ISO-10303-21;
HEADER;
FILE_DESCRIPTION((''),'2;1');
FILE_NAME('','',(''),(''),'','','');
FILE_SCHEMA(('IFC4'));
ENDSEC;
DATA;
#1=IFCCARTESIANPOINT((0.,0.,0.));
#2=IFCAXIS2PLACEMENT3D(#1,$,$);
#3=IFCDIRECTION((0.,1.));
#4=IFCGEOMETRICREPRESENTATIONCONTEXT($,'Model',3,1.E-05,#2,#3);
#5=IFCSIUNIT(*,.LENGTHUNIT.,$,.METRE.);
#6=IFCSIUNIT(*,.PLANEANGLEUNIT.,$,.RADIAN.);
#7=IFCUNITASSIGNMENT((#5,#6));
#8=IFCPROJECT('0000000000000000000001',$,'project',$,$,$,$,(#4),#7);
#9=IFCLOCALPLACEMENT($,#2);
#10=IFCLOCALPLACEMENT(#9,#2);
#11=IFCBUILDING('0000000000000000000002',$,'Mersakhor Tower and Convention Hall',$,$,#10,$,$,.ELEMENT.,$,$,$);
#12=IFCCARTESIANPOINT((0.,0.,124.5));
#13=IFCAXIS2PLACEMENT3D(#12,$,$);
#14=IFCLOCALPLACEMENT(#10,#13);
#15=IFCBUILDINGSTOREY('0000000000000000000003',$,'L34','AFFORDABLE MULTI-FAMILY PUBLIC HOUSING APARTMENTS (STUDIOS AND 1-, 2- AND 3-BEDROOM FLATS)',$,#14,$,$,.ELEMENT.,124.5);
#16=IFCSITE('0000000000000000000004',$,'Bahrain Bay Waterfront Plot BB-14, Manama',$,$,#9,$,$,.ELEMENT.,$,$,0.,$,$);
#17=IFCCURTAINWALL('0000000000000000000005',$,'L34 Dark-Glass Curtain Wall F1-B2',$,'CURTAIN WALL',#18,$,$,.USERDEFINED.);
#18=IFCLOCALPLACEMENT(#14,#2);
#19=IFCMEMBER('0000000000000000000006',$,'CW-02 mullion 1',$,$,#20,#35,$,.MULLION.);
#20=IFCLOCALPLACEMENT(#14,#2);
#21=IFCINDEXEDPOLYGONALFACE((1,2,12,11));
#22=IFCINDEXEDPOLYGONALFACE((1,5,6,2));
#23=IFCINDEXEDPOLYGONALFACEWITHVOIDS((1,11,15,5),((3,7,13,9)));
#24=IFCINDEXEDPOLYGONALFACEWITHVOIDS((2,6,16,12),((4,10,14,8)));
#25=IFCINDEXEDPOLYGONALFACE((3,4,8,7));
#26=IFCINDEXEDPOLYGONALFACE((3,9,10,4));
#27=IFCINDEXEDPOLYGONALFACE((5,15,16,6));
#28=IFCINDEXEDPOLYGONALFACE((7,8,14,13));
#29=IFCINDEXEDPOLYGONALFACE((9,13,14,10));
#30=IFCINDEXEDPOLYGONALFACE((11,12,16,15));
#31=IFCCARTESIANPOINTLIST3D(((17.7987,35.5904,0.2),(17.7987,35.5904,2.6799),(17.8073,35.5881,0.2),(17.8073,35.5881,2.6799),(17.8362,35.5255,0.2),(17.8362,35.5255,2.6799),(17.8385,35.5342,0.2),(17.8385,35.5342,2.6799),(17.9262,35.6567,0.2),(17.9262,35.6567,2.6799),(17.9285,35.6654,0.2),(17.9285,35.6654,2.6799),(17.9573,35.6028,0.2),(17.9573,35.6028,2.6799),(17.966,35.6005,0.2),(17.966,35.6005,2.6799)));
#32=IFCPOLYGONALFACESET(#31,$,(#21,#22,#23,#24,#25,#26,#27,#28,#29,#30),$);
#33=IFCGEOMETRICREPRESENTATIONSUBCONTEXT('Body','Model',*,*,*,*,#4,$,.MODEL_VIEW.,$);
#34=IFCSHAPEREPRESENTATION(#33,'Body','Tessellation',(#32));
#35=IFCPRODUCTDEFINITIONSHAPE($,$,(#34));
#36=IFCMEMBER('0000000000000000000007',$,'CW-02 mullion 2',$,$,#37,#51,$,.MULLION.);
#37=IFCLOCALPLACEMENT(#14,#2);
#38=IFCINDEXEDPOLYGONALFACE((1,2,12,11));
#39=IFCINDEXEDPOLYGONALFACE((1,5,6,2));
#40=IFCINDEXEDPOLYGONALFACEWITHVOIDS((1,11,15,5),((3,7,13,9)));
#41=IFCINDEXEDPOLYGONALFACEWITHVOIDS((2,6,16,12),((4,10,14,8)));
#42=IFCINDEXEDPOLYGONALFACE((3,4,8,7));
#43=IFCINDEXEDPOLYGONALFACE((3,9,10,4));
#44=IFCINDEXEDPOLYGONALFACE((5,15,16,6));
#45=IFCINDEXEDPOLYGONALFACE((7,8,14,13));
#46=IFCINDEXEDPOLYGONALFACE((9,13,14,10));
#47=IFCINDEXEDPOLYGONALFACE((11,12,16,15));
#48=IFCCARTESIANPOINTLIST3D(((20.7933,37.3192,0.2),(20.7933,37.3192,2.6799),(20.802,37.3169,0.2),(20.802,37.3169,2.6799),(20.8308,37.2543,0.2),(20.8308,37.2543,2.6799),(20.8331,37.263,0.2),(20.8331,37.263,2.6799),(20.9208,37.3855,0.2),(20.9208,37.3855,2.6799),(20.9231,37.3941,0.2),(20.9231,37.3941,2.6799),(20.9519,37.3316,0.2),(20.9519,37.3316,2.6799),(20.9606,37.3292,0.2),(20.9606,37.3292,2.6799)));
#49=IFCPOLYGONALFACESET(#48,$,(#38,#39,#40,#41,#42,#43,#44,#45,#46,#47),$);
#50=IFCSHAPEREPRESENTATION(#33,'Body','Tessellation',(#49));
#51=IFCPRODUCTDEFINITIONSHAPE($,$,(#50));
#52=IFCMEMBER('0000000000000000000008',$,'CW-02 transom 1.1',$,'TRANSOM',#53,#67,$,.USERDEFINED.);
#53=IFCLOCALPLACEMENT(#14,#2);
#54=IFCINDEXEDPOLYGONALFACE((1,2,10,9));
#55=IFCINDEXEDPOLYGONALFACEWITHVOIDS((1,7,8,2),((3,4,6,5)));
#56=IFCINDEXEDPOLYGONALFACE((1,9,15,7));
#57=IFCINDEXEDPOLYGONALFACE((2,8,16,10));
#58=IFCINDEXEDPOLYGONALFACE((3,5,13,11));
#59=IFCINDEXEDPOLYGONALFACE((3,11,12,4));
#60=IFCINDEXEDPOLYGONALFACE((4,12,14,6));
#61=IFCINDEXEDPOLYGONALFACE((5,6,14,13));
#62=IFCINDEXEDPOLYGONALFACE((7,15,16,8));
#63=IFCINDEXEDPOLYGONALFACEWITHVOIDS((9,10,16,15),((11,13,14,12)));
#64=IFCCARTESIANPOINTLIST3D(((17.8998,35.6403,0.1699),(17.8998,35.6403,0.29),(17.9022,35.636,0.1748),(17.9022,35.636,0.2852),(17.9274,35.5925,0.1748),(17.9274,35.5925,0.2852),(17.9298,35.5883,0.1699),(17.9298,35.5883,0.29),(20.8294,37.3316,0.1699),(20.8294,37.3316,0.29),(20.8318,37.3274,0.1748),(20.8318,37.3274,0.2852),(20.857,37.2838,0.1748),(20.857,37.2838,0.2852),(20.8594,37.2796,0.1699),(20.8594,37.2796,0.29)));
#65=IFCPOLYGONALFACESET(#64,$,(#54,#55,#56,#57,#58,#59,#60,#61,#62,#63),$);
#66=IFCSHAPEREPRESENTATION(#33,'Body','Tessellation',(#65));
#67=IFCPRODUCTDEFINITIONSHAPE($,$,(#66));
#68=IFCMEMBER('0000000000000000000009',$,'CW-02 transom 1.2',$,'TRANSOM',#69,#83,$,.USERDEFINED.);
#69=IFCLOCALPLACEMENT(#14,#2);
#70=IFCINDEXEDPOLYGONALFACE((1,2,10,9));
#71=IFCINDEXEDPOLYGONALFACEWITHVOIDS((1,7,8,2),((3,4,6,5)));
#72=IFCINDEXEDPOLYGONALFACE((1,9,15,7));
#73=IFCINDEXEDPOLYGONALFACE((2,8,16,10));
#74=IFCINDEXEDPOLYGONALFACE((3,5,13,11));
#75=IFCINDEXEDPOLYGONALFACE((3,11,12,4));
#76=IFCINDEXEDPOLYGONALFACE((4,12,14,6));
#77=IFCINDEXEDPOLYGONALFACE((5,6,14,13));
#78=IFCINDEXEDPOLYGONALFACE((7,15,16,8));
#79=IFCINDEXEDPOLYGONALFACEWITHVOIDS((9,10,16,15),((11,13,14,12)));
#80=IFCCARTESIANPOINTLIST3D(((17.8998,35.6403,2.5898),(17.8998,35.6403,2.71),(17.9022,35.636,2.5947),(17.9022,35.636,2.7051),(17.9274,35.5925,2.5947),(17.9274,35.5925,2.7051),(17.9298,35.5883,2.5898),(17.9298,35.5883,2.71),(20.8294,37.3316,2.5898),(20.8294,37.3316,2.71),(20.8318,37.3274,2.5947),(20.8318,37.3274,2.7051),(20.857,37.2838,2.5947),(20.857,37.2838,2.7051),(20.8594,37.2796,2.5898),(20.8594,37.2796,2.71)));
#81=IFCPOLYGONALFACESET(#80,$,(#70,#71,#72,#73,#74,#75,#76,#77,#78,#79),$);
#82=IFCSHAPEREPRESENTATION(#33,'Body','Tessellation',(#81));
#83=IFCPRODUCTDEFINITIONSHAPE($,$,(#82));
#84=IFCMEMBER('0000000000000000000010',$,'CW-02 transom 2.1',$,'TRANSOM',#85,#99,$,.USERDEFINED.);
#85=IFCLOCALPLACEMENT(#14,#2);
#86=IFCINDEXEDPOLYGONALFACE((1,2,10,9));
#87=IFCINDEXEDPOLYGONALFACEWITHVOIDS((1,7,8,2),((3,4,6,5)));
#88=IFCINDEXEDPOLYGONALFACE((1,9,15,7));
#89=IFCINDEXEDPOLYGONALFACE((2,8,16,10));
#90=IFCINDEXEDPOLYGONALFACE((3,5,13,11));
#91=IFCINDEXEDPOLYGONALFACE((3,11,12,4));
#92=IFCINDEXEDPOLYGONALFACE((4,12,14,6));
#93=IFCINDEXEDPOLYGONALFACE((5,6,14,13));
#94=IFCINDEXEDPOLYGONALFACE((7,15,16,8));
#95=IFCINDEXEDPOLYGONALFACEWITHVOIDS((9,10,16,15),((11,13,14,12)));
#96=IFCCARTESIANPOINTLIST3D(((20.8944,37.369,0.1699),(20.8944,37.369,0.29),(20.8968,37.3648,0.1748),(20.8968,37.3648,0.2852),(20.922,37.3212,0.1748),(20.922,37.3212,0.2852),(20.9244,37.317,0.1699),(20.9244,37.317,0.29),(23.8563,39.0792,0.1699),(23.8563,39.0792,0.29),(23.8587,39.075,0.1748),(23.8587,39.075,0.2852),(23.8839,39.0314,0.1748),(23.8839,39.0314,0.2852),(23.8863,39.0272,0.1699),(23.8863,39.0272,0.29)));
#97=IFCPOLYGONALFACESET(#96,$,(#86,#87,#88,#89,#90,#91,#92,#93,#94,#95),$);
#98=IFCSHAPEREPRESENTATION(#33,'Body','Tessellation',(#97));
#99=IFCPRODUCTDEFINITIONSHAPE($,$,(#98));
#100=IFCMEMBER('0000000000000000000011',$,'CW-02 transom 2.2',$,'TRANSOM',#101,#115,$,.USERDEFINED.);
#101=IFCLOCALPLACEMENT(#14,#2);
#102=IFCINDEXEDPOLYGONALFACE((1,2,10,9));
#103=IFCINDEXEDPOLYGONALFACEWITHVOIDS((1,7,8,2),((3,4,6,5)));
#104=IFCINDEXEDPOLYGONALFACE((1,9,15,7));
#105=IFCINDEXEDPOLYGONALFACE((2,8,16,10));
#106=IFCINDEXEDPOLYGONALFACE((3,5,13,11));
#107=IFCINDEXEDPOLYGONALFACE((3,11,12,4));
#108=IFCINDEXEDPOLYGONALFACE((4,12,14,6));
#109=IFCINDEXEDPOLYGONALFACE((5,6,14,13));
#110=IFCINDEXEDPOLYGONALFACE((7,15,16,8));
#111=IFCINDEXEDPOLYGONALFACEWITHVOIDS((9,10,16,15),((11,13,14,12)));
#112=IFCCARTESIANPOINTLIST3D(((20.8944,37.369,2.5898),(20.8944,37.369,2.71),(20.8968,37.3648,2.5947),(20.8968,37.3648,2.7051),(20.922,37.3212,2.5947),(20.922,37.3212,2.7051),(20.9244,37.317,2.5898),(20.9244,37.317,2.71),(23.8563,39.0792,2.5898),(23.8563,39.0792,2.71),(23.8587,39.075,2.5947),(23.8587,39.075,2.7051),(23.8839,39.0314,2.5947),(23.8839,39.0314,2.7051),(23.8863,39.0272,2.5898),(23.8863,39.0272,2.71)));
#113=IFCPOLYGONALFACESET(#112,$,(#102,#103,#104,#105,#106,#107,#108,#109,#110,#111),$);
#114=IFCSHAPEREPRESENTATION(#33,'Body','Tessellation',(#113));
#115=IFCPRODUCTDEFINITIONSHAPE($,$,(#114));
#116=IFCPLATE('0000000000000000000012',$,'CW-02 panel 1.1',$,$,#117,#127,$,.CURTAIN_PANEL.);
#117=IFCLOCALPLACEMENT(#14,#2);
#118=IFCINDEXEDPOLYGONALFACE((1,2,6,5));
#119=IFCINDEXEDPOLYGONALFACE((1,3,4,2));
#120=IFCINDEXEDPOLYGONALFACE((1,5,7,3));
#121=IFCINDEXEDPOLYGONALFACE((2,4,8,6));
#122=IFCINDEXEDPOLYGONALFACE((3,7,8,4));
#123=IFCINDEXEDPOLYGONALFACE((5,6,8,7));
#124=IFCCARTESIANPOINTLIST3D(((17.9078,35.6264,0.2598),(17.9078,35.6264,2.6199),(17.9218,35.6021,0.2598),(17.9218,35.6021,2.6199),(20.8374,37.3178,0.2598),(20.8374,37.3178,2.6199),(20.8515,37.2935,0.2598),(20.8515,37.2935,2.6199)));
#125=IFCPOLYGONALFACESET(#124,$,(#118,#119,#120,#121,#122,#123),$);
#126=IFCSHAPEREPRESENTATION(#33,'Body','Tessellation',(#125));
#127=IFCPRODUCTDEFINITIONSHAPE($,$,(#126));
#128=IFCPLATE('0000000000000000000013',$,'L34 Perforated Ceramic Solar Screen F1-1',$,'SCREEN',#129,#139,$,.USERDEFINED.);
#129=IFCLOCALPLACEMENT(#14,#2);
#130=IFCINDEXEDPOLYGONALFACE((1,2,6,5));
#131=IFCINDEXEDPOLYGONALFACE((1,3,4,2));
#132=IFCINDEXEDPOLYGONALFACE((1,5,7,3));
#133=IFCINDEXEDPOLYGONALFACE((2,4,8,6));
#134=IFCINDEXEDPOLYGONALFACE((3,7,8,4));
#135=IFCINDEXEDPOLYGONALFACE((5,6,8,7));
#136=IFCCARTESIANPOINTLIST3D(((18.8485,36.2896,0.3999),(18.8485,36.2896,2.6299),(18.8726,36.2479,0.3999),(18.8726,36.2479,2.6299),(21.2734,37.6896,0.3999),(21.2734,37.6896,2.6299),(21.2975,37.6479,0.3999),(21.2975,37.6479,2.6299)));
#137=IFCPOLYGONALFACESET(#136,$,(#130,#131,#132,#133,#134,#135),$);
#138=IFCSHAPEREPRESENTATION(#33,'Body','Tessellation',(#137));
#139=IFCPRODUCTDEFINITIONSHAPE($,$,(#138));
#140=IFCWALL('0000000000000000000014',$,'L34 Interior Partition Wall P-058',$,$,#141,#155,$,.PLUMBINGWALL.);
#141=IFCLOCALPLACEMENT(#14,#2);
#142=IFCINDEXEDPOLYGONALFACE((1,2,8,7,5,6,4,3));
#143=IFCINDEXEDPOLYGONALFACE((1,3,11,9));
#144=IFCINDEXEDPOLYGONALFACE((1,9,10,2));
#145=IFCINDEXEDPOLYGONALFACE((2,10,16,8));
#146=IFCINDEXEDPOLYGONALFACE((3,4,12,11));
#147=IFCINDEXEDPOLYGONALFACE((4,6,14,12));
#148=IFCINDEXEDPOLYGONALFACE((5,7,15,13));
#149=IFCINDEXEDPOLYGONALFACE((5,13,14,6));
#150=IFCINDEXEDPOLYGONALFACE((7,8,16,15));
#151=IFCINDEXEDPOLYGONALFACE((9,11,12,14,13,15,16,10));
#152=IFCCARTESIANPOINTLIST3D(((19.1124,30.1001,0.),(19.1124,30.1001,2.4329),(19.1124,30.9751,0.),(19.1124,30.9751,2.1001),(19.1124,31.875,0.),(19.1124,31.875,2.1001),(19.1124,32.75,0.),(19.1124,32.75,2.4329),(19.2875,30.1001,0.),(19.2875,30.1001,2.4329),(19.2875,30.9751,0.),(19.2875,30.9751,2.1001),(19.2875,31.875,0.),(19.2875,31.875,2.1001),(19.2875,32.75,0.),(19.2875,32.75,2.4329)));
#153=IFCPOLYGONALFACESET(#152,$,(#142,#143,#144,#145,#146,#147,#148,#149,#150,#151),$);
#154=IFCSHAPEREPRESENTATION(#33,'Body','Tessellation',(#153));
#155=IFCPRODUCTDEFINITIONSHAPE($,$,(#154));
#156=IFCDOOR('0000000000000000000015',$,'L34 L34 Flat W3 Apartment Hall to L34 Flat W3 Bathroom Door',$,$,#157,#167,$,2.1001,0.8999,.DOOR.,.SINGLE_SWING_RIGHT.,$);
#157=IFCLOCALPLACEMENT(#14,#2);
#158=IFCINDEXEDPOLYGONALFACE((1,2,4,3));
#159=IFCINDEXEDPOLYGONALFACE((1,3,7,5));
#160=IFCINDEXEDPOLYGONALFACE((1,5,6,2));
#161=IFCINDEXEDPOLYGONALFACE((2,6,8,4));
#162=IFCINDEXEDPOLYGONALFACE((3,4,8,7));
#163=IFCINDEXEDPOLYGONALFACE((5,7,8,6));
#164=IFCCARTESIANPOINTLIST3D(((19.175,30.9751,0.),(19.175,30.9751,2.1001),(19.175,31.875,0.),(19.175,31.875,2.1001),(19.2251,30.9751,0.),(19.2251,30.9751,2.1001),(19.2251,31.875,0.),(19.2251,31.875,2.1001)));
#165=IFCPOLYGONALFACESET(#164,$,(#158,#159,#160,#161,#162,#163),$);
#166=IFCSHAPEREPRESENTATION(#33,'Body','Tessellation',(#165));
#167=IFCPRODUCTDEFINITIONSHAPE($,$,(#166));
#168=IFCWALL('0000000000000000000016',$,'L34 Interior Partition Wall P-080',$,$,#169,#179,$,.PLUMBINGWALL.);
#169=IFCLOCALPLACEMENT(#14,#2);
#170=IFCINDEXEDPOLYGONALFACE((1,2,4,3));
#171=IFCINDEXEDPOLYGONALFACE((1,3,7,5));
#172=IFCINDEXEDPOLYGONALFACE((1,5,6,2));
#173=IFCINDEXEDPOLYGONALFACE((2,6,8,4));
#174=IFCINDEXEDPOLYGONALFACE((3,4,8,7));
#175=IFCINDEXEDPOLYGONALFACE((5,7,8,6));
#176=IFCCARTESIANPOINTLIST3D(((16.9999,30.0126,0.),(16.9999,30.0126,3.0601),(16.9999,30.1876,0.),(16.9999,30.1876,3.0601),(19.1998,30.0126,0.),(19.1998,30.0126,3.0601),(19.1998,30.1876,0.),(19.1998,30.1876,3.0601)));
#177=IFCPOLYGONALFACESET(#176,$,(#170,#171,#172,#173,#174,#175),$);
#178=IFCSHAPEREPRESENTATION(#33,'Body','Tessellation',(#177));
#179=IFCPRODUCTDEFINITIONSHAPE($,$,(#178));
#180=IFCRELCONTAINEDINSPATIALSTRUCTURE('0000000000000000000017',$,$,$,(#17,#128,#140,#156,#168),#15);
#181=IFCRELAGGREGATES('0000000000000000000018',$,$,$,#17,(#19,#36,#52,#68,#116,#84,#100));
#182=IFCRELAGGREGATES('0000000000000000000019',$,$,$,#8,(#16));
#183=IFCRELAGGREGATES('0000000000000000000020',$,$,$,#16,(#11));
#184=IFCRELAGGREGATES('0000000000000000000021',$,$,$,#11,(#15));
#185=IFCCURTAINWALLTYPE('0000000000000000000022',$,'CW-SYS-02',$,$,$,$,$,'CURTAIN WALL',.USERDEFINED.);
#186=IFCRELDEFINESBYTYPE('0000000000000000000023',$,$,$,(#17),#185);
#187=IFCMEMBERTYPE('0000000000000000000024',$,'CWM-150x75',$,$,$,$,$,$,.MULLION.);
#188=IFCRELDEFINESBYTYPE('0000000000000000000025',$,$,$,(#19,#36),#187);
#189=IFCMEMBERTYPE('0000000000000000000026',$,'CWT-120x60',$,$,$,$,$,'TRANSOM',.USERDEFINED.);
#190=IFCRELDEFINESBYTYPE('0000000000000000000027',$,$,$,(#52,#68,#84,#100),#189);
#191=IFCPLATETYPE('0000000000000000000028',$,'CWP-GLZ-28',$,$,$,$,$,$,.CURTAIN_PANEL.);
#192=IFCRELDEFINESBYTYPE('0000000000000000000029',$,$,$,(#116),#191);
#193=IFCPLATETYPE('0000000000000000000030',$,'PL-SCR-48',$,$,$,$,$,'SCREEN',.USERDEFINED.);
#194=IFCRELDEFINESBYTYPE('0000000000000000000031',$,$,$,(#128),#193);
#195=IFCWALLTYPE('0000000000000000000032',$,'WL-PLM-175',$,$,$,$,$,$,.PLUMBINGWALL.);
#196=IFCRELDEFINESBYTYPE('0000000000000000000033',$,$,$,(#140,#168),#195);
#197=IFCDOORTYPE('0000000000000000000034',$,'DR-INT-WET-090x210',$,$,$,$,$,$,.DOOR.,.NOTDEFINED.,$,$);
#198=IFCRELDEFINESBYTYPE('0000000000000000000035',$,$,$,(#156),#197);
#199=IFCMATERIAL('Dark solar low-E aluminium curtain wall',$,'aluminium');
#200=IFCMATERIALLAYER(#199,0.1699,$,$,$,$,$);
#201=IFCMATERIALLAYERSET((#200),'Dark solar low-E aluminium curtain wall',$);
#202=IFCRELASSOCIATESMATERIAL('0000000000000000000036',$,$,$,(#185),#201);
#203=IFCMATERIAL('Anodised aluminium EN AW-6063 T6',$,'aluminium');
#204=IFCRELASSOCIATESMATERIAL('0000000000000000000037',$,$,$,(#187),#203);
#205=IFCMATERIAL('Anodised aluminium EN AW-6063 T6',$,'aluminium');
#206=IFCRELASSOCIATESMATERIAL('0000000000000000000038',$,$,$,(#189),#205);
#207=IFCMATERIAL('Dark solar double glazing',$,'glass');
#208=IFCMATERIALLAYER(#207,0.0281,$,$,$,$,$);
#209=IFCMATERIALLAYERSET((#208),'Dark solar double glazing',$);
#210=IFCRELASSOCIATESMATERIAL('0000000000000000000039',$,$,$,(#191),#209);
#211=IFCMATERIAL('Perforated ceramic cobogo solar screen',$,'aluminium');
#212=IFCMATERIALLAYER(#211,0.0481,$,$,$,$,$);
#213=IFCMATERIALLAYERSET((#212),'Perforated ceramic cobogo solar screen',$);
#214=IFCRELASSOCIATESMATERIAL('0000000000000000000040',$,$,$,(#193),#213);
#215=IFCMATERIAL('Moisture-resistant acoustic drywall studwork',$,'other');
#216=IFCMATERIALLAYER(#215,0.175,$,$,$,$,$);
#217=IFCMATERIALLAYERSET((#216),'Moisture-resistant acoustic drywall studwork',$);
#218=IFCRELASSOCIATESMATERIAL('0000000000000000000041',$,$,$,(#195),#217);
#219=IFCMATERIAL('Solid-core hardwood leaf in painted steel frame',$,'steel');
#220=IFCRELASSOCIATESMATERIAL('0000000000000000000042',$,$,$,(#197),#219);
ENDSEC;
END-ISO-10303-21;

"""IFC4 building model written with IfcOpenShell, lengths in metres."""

from ifc_helpers import new_model, si_unit, direction, frame, frame_2d, origin, origin_2d, place, context, subcontext, project, spatial, rectangle, hollow_rectangle, extrude, material, layer, layer_set, material_profile, profile_set, type_object, element, fill, aggregate, save


model = new_model("IFC4")

# Units and contexts
model_context = context("Model", 3, precision=1e-05, world=origin(), true_north=direction((0.0, 1.0)))
body_context = subcontext(model_context, "Body", "Model", "MODEL_VIEW")
ifc_project = project(units=[si_unit("LENGTHUNIT", "METRE"), si_unit("PLANEANGLEUNIT", "RADIAN")], contexts=[model_context])

# Site, building, storey
site_placement = place(None, origin())
site = spatial("IfcSite", under=ifc_project, at=site_placement, Name="Bahrain Bay Waterfront Plot BB-14, Manama", CompositionType="ELEMENT", RefElevation=0.0)
building_placement = place(site_placement, origin())
building = spatial("IfcBuilding", under=site, at=building_placement, Name="Mersakhor Tower and Convention Hall", CompositionType="ELEMENT")
storey_placement = place(building_placement, frame((0.0, 0.0, 124.5)))
storey = spatial("IfcBuildingStorey", under=building, at=storey_placement, Name="L34", Description="AFFORDABLE MULTI-FAMILY PUBLIC HOUSING APARTMENTS (STUDIOS AND 1-, 2- AND 3-BEDROOM FLATS)", CompositionType="ELEMENT", Elevation=124.5)

# Curtain wall, members, plate
ifc_material_1 = material(Name="Dark solar low-E aluminium curtain wall", Category="aluminium")
ifc_layer_1 = layer(ifc_material_1, 0.1699)
ifc_layer_set_1 = layer_set([ifc_layer_1], Name="Dark solar low-E aluminium curtain wall")
curtain_wall_type = type_object("IfcCurtainWallType", Name="CW-SYS-02", ElementType="CURTAIN WALL", PredefinedType="USERDEFINED", material=ifc_layer_set_1)
curtain_wall_placement = place(storey_placement, origin())
curtain_wall = element("IfcCurtainWall", 1, at=curtain_wall_placement, inside=storey, type_object=curtain_wall_type, Name="L34 Dark-Glass Curtain Wall F1-B2", ObjectType="CURTAIN WALL", PredefinedType="USERDEFINED")
ifc_material_2 = material(Name="Anodised aluminium EN AW-6063 T6", Category="aluminium")
ifc_material_profile_1 = material_profile(ifc_material_2, hollow_rectangle(XDim=0.075, YDim=0.1499, WallThickness=0.0063, at=origin_2d()), Name="RHS 150x75x6.3")
ifc_profile_set_1 = profile_set([ifc_material_profile_1], Name="Anodised aluminium EN AW-6063 T6")
member_type_1 = type_object("IfcMemberType", Name="CWM-150x75", PredefinedType="MULLION", material=ifc_profile_set_1)
member_1_placement = place(storey_placement, frame((17.8823, 35.5955, 0.2), z_axis=(0.0, 0.0, 1.0), x_axis=(-0.49999, 0.866031, 0.0)))
member_1 = element("IfcMember", 2, at=member_1_placement, type_object=member_type_1, Name="CW-02 mullion 1", PredefinedType="MULLION", context=body_context, shape_type="SweptSolid", body=[
    extrude(hollow_rectangle(XDim=0.075, YDim=0.1499, WallThickness=0.0063, at=origin_2d()), origin(), (0.0, 0.0, 1.0), 2.48),
])
member_2_placement = place(storey_placement, frame((20.877, 37.3242, 0.2), z_axis=(0.0, 0.0, 1.0), x_axis=(-0.49999, 0.866031, 0.0)))
member_2 = element("IfcMember", 3, at=member_2_placement, type_object=member_type_1, Name="CW-02 mullion 2", PredefinedType="MULLION", context=body_context, shape_type="SweptSolid", body=[
    extrude(hollow_rectangle(XDim=0.075, YDim=0.1499, WallThickness=0.0063, at=origin_2d()), origin(), (0.0, 0.0, 1.0), 2.48),
])
ifc_material_3 = material(Name="Anodised aluminium EN AW-6063 T6", Category="aluminium")
ifc_material_profile_2 = material_profile(ifc_material_3, hollow_rectangle(XDim=0.0601, YDim=0.1201, WallThickness=0.0049, at=origin_2d()), Name="RHS 120x60x5")
ifc_profile_set_2 = profile_set([ifc_material_profile_2], Name="Anodised aluminium EN AW-6063 T6")
member_type_2 = type_object("IfcMemberType", Name="CWT-120x60", ElementType="TRANSOM", PredefinedType="USERDEFINED", material=ifc_profile_set_2)
member_3_placement = place(storey_placement, frame((17.9148, 35.6143, 0.23), z_axis=(0.866032, 0.499989, 0.0), x_axis=(-0.499989, 0.866032, 0.0)))
member_3 = element("IfcMember", 4, at=member_3_placement, type_object=member_type_2, Name="CW-02 transom 1.1", ObjectType="TRANSOM", PredefinedType="USERDEFINED", context=body_context, shape_type="SweptSolid", body=[
    extrude(hollow_rectangle(XDim=0.0601, YDim=0.1201, WallThickness=0.0049, at=origin_2d()), origin(), (0.0, 0.0, 1.0), 3.3828),
])
member_4_placement = place(storey_placement, frame((17.9148, 35.6143, 2.6499), z_axis=(0.866032, 0.499989, 0.0), x_axis=(-0.499989, 0.866032, 0.0)))
member_4 = element("IfcMember", 5, at=member_4_placement, type_object=member_type_2, Name="CW-02 transom 1.2", ObjectType="TRANSOM", PredefinedType="USERDEFINED", context=body_context, shape_type="SweptSolid", body=[
    extrude(hollow_rectangle(XDim=0.0601, YDim=0.1201, WallThickness=0.0049, at=origin_2d()), origin(), (0.0, 0.0, 1.0), 3.3828),
])
member_5_placement = place(storey_placement, frame((20.9094, 37.343, 0.23), z_axis=(0.866007, 0.500031, 0.0), x_axis=(-0.500031, 0.866007, 0.0)))
member_5 = element("IfcMember", 6, at=member_5_placement, type_object=member_type_2, Name="CW-02 transom 2.1", ObjectType="TRANSOM", PredefinedType="USERDEFINED", context=body_context, shape_type="SweptSolid", body=[
    extrude(hollow_rectangle(XDim=0.0601, YDim=0.1201, WallThickness=0.0049, at=origin_2d()), origin(), (0.0, 0.0, 1.0), 3.4202),
])
member_6_placement = place(storey_placement, frame((20.9094, 37.343, 2.6499), z_axis=(0.866007, 0.500031, 0.0), x_axis=(-0.500031, 0.866007, 0.0)))
member_6 = element("IfcMember", 7, at=member_6_placement, type_object=member_type_2, Name="CW-02 transom 2.2", ObjectType="TRANSOM", PredefinedType="USERDEFINED", context=body_context, shape_type="SweptSolid", body=[
    extrude(hollow_rectangle(XDim=0.0601, YDim=0.1201, WallThickness=0.0049, at=origin_2d()), origin(), (0.0, 0.0, 1.0), 3.4202),
])
ifc_material_4 = material(Name="Dark solar double glazing", Category="glass")
ifc_layer_2 = layer(ifc_material_4, 0.0281)
ifc_layer_set_2 = layer_set([ifc_layer_2], Name="Dark solar double glazing")
plate_type_1 = type_object("IfcPlateType", Name="CWP-GLZ-28", PredefinedType="CURTAIN_PANEL", material=ifc_layer_set_2)
plate_1_placement = place(storey_placement, frame((19.3796, 36.46, 0.2598), z_axis=(0.0, 0.0, 1.0), x_axis=(0.866031, 0.49999, 0.0)))
plate_1 = element("IfcPlate", 8, at=plate_1_placement, type_object=plate_type_1, Name="CW-02 panel 1.1", PredefinedType="CURTAIN_PANEL", context=body_context, shape_type="SweptSolid", body=[
    extrude(rectangle(XDim=3.3828, YDim=0.0281, at=origin_2d()), origin(), (0.0, 0.0, 1.0), 2.3601),
])
aggregate(curtain_wall, [member_1, member_2, member_3, member_4, plate_1, member_5, member_6])

# Plate
ifc_material_5 = material(Name="Perforated ceramic cobogo solar screen", Category="aluminium")
ifc_layer_3 = layer(ifc_material_5, 0.0481)
ifc_layer_set_3 = layer_set([ifc_layer_3], Name="Perforated ceramic cobogo solar screen")
plate_type_2 = type_object("IfcPlateType", Name="PL-SCR-48", ElementType="SCREEN", PredefinedType="USERDEFINED", material=ifc_layer_set_3)
plate_2_placement = place(storey_placement, frame((20.073, 36.9688, 0.3999), z_axis=(0.0, 0.0, 1.0), x_axis=(0.866025, 0.5, 0.0)))
element("IfcPlate", 9, at=plate_2_placement, inside=storey, type_object=plate_type_2, Name="L34 Perforated Ceramic Solar Screen F1-1", ObjectType="SCREEN", PredefinedType="USERDEFINED", context=body_context, shape_type="SweptSolid", body=[
    extrude(rectangle(XDim=2.8, YDim=0.0481, at=origin_2d()), origin(), (0.0, 0.0, 1.0), 2.23),
])

# Wall, opening, door
ifc_material_6 = material(Name="Moisture-resistant acoustic drywall studwork", Category="other")
ifc_layer_4 = layer(ifc_material_6, 0.175)
ifc_layer_set_4 = layer_set([ifc_layer_4], Name="Moisture-resistant acoustic drywall studwork")
wall_type_1 = type_object("IfcWallType", Name="WL-PLM-175", PredefinedType="PLUMBINGWALL", material=ifc_layer_set_4)
wall_1_placement = place(storey_placement, frame((19.2, 30.1001, 0.0), z_axis=(0.0, 0.0, 1.0), x_axis=(0.0, 1.0, 0.0)))
wall_1 = element("IfcWall", 10, at=wall_1_placement, inside=storey, type_object=wall_type_1, Name="L34 Interior Partition Wall P-058", PredefinedType="PLUMBINGWALL", context=body_context, shape_type="SweptSolid", body=[
    extrude(rectangle(XDim=2.6499, YDim=0.175, at=frame_2d((1.325, 0.0))), origin(), (0.0, 0.0, 1.0), 2.4329),
])
opening_1_placement = place(wall_1_placement, frame((0.875, 0.0, 0.0)))
opening_1 = element("IfcOpeningElement", 11, at=opening_1_placement, cuts=wall_1, PredefinedType="OPENING", context=body_context, shape_type="SweptSolid", body=[
    extrude(rectangle(XDim=0.8999, YDim=2.1001, at=frame_2d((0.45, 1.05))), frame((0.0, 0.0974, 0.0), z_axis=(0.0, -1.0, 0.0), x_axis=(1.0, 0.0, 0.0)), (0.0, 0.0, 1.0), 0.1951),
])
ifc_material_7 = material(Name="Solid-core hardwood leaf in painted steel frame", Category="steel")
door_type_1 = type_object("IfcDoorType", Name="DR-INT-WET-090x210", OperationType="NOTDEFINED", PredefinedType="DOOR", material=ifc_material_7)
door_1_placement = place(opening_1_placement, origin())
door_1 = element("IfcDoor", 12, at=door_1_placement, inside=storey, type_object=door_type_1, Name="L34 L34 Flat W3 Apartment Hall to L34 Flat W3 Bathroom Door", OperationType="SINGLE_SWING_RIGHT", OverallHeight=2.1001, OverallWidth=0.8999, PredefinedType="DOOR", context=body_context, shape_type="SweptSolid", body=[
    extrude(rectangle(XDim=0.8999, YDim=2.1001, at=frame_2d((0.45, 1.05))), frame((0.0, 0.0249, 0.0), z_axis=(0.0, -1.0, 0.0), x_axis=(1.0, 0.0, 0.0)), (0.0, 0.0, 1.0), 0.05),
])
fill(opening_1, door_1)

# Wall
wall_2_placement = place(storey_placement, frame((19.2, 30.1001, 0.0), z_axis=(0.0, 0.0, 1.0), x_axis=(-1.0, 0.0, 0.0)))
element("IfcWall", 13, at=wall_2_placement, inside=storey, type_object=wall_type_1, Name="L34 Interior Partition Wall P-080", PredefinedType="PLUMBINGWALL", context=body_context, shape_type="SweptSolid", body=[
    extrude(rectangle(XDim=2.2, YDim=0.175, at=frame_2d((1.1001, 0.0))), origin(), (0.0, 0.0, 1.0), 3.0601),
])

save(model, "model.ifc")
